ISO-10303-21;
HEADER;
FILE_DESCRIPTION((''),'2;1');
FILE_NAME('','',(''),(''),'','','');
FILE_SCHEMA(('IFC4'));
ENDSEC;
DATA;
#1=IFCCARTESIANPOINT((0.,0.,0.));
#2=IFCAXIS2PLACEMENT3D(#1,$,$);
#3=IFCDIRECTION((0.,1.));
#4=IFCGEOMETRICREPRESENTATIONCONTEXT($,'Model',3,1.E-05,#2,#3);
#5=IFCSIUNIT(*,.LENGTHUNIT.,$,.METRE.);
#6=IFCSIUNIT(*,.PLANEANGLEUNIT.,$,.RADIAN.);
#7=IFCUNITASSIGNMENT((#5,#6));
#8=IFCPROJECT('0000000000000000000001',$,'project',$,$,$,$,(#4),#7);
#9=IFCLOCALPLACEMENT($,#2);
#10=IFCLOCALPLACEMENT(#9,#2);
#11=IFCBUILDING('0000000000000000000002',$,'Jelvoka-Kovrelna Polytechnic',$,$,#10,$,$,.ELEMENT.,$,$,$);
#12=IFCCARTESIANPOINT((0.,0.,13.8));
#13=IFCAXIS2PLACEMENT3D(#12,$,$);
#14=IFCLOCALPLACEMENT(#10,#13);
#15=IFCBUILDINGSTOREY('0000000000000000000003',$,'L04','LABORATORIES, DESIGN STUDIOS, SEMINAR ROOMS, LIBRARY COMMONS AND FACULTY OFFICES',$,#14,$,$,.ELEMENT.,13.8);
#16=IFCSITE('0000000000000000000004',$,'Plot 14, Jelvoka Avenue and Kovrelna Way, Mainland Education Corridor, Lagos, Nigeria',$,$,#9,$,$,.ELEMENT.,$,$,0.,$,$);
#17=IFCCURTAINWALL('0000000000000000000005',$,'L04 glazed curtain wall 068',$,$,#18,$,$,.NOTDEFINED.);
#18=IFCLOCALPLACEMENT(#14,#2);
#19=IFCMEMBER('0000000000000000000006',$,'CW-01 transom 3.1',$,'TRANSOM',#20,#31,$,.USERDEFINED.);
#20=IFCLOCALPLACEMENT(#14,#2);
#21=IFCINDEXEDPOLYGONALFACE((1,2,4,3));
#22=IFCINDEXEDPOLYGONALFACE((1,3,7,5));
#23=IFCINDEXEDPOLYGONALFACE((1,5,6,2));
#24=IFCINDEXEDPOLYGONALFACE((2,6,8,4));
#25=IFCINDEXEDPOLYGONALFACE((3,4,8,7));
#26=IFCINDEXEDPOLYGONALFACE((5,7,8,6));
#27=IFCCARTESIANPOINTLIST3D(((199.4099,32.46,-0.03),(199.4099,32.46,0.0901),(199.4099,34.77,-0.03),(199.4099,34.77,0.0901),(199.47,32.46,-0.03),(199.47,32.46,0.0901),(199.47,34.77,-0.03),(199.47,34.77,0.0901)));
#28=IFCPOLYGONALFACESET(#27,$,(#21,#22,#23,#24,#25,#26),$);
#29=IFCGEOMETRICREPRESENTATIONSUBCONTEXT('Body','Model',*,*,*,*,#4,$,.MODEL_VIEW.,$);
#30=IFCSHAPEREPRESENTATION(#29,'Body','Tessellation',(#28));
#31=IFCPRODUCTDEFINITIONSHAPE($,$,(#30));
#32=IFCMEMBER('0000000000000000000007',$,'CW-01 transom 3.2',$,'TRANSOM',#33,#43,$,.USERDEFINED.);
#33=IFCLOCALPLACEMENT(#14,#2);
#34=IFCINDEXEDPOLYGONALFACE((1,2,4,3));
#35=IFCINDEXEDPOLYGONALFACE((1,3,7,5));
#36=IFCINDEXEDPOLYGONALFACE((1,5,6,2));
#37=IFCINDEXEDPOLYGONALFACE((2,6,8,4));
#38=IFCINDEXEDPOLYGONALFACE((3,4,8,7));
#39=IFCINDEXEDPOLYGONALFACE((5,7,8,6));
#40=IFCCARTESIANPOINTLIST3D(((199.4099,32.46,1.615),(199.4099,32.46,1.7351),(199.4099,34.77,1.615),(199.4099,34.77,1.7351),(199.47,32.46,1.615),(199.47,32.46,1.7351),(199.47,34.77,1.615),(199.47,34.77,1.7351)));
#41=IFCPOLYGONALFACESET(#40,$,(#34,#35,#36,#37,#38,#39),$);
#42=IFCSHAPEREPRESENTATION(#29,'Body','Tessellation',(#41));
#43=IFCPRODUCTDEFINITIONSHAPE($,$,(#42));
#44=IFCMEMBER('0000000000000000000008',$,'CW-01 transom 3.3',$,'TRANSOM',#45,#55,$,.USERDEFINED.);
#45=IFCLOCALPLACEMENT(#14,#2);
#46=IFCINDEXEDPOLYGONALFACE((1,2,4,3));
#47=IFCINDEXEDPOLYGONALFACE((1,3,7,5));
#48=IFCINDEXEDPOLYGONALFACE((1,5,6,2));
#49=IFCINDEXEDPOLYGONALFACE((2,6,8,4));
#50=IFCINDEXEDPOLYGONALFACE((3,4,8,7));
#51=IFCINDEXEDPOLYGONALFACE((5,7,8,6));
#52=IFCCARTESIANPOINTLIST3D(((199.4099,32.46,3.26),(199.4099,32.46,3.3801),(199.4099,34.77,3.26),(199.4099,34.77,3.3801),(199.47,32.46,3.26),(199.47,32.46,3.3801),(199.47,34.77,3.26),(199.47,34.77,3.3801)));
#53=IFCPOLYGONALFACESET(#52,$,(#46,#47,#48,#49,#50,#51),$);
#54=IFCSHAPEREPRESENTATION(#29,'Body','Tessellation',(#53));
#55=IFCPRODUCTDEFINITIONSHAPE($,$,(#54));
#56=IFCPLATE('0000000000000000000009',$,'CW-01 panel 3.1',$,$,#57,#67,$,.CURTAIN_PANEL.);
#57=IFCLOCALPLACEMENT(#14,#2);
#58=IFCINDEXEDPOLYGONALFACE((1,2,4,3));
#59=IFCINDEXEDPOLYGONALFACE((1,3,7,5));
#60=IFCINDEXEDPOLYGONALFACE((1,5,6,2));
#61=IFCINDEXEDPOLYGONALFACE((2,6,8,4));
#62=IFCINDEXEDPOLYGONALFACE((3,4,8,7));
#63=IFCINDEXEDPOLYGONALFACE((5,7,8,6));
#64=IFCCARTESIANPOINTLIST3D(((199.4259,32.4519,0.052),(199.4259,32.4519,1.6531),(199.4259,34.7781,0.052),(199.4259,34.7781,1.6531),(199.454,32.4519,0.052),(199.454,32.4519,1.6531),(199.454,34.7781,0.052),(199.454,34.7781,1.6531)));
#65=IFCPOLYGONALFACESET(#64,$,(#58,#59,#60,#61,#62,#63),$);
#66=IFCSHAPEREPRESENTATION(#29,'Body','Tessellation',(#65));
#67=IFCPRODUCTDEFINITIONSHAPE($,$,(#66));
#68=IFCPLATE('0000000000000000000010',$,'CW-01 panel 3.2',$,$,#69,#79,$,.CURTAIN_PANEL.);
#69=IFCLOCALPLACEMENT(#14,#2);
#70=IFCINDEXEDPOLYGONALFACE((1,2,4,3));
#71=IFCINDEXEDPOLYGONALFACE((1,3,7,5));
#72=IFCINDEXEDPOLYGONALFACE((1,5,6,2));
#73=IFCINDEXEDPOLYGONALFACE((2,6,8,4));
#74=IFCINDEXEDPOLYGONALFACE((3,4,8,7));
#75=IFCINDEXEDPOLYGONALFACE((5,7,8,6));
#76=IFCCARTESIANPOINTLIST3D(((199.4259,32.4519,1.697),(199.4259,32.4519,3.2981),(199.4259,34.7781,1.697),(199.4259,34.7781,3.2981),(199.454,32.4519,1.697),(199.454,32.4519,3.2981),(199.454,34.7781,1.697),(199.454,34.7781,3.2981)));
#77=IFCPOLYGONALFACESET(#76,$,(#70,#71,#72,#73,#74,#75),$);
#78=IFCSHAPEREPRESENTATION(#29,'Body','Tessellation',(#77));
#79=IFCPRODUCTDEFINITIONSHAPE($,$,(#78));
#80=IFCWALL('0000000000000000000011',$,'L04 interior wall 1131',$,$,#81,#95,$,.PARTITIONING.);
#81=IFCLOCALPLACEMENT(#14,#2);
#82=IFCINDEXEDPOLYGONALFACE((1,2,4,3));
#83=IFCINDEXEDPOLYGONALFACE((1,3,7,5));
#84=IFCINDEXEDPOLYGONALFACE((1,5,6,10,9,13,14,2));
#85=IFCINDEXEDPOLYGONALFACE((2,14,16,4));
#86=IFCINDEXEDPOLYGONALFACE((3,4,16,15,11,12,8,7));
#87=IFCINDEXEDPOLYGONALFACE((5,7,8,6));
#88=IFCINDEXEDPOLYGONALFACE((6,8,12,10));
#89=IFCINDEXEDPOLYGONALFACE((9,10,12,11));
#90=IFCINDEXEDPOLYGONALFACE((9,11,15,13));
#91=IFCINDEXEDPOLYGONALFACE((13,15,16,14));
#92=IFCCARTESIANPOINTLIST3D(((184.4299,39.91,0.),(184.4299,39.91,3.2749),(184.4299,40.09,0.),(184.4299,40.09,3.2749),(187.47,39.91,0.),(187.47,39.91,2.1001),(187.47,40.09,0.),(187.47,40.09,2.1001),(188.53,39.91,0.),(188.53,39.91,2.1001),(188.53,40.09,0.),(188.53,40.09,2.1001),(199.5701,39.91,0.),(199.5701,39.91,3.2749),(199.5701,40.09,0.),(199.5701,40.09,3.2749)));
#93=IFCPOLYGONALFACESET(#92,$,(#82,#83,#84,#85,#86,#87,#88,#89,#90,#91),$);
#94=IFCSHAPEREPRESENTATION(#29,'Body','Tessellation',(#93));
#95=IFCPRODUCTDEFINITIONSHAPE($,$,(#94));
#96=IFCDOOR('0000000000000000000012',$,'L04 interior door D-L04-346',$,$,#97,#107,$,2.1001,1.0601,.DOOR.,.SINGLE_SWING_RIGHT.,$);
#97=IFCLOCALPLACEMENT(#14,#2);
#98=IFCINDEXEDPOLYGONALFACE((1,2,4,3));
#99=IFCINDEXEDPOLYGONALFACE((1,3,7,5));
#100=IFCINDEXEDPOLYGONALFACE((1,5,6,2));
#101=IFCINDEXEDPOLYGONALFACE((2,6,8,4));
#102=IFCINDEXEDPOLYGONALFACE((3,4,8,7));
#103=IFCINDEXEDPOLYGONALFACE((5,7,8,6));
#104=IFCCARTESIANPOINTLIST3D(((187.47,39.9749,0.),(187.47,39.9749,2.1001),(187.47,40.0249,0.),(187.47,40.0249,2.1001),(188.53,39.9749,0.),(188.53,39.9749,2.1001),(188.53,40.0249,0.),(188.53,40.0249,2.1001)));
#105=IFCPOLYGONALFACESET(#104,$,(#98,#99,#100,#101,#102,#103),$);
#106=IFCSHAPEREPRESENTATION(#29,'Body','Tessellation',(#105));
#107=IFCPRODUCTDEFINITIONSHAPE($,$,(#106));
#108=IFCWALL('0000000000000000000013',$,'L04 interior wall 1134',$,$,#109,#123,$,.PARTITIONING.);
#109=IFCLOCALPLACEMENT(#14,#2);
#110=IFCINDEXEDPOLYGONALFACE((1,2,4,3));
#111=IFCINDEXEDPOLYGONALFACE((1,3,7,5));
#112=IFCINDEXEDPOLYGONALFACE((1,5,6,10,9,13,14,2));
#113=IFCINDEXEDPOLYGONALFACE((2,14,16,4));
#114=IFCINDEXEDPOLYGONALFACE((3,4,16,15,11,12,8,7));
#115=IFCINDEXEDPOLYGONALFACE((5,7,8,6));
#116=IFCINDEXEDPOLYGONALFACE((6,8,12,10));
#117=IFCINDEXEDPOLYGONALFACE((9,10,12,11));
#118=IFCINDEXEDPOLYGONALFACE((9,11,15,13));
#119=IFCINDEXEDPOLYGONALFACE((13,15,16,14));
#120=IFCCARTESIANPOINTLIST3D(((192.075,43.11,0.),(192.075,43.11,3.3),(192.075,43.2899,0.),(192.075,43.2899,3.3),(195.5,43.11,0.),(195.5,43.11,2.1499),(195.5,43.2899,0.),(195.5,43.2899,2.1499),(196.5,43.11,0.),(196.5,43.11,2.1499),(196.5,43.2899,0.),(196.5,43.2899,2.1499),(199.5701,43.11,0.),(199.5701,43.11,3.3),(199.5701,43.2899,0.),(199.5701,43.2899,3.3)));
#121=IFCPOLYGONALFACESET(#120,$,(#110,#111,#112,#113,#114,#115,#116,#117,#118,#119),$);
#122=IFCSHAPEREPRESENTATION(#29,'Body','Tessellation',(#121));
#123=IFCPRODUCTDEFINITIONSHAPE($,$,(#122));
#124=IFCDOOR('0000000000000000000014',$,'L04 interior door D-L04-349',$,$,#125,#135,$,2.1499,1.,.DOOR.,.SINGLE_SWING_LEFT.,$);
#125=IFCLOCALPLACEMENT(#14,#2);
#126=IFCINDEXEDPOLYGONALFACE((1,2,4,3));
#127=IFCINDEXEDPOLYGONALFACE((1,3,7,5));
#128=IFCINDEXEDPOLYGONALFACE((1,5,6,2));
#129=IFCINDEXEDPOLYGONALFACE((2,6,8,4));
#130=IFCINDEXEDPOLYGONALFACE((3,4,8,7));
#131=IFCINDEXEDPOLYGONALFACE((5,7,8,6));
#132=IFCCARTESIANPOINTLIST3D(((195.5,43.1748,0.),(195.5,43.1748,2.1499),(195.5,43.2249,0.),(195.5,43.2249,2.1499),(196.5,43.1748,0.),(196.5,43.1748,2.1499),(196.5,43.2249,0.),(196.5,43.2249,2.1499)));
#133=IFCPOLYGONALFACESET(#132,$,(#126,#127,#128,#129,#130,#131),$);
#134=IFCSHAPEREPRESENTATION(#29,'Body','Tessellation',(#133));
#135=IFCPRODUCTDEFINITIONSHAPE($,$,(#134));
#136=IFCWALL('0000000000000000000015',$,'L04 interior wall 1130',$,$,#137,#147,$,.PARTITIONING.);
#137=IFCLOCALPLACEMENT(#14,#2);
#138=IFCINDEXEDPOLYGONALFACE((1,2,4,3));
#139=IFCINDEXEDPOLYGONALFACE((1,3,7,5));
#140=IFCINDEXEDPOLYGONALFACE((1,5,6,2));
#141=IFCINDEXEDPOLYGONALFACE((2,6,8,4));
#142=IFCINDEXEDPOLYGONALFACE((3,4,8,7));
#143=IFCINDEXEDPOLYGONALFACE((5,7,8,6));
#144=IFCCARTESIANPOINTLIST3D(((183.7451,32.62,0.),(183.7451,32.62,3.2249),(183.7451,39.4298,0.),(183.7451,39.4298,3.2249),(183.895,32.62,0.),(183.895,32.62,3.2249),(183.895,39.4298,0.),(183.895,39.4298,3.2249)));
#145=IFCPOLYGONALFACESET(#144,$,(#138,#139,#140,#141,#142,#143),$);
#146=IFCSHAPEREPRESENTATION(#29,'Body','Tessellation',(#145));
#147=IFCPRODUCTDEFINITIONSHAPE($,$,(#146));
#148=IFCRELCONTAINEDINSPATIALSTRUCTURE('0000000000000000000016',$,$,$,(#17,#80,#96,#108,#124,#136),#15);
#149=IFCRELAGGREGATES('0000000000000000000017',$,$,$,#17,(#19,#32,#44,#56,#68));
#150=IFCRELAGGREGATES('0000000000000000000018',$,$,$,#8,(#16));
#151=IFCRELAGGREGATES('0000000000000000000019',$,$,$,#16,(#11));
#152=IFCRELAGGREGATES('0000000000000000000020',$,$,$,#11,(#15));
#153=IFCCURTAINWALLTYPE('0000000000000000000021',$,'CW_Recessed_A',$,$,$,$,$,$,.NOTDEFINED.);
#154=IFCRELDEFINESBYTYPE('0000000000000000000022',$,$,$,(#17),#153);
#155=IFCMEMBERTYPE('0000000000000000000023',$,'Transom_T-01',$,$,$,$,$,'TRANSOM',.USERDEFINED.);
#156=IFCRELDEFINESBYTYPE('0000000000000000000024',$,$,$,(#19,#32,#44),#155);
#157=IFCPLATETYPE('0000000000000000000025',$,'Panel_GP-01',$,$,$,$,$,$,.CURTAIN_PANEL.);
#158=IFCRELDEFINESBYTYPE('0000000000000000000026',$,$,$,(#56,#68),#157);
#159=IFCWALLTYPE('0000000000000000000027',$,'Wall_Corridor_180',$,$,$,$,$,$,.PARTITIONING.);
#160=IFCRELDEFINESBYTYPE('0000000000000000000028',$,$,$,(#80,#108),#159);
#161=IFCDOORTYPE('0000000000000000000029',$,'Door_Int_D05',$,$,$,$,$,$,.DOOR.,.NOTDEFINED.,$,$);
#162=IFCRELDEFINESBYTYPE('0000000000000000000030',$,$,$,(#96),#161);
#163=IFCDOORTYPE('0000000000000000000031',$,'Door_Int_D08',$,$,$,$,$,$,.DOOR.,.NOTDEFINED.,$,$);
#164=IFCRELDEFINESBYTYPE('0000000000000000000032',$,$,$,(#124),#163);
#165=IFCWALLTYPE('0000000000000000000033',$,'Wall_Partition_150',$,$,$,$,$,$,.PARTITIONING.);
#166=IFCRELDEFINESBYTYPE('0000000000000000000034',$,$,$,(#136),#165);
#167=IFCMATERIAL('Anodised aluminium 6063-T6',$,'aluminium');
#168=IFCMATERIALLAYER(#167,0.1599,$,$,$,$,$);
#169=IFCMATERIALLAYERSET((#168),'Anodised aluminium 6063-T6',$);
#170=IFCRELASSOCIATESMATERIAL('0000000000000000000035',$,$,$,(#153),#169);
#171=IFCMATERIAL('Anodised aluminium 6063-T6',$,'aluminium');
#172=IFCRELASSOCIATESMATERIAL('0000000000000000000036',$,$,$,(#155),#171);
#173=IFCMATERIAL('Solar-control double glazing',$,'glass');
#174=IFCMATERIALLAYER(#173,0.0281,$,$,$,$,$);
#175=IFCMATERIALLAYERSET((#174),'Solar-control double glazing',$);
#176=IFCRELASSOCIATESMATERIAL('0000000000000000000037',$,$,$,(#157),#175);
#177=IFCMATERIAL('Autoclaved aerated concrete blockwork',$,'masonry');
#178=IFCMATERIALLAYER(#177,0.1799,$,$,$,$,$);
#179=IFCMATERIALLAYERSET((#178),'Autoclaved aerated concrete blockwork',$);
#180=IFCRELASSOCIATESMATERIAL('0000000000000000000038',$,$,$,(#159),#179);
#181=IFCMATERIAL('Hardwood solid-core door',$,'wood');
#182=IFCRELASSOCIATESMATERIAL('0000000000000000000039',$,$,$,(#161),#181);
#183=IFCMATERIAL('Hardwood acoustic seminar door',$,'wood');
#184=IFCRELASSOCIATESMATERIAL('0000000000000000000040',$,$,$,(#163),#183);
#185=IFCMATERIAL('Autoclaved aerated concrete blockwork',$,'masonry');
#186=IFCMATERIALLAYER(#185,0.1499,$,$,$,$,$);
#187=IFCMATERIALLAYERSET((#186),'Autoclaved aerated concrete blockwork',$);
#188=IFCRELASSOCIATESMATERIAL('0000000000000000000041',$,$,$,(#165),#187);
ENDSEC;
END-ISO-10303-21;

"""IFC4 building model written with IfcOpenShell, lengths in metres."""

from ifc_helpers import new_model, si_unit, direction, frame, frame_2d, origin, origin_2d, place, context, subcontext, project, spatial, rectangle, extrude, material, layer, layer_set, material_profile, profile_set, type_object, element, fill, aggregate, save


model = new_model("IFC4")

# Units and contexts
model_context = context("Model", 3, precision=1e-05, world=origin(), true_north=direction((0.0, 1.0)))
body_context = subcontext(model_context, "Body", "Model", "MODEL_VIEW")
ifc_project = project(units=[si_unit("LENGTHUNIT", "METRE"), si_unit("PLANEANGLEUNIT", "RADIAN")], contexts=[model_context])

# Site, building, storey
site_placement = place(None, origin())
site = spatial("IfcSite", under=ifc_project, at=site_placement, Name="Plot 14, Jelvoka Avenue and Kovrelna Way, Mainland Education Corridor, Lagos, Nigeria", CompositionType="ELEMENT", RefElevation=0.0)
building_placement = place(site_placement, origin())
building = spatial("IfcBuilding", under=site, at=building_placement, Name="Jelvoka-Kovrelna Polytechnic", CompositionType="ELEMENT")
storey_placement = place(building_placement, frame((0.0, 0.0, 13.8)))
storey = spatial("IfcBuildingStorey", under=building, at=storey_placement, Name="L04", Description="LABORATORIES, DESIGN STUDIOS, SEMINAR ROOMS, LIBRARY COMMONS AND FACULTY OFFICES", CompositionType="ELEMENT", Elevation=13.8)

# Curtain wall
ifc_material_1 = material(Name="Anodised aluminium 6063-T6", Category="aluminium")
ifc_layer_1 = layer(ifc_material_1, 0.1599)
ifc_layer_set_1 = layer_set([ifc_layer_1], Name="Anodised aluminium 6063-T6")
curtain_wall_type = type_object("IfcCurtainWallType", Name="CW_Recessed_A", PredefinedType="NOTDEFINED", material=ifc_layer_set_1)
curtain_wall_placement = place(storey_placement, origin())
curtain_wall = element("IfcCurtainWall", 1, at=curtain_wall_placement, inside=storey, type_object=curtain_wall_type, Name="L04 glazed curtain wall 068", PredefinedType="NOTDEFINED")

# Members
ifc_material_2 = material(Name="Anodised aluminium 6063-T6", Category="aluminium")
ifc_material_profile_1 = material_profile(ifc_material_2, rectangle(XDim=0.0601, YDim=0.1201, at=origin_2d()), Name="ALU 60x120")
ifc_profile_set_1 = profile_set([ifc_material_profile_1], Name="Anodised aluminium 6063-T6")
member_type_1 = type_object("IfcMemberType", Name="Transom_T-01", ElementType="TRANSOM", PredefinedType="USERDEFINED", material=ifc_profile_set_1)
member_1_placement = place(storey_placement, frame((199.4399, 34.77, 0.03), z_axis=(0.0, -1.0, 0.0), x_axis=(1.0, 0.0, 0.0)))
member_1 = element("IfcMember", 2, at=member_1_placement, type_object=member_type_1, Name="CW-01 transom 3.1", ObjectType="TRANSOM", PredefinedType="USERDEFINED", context=body_context, shape_type="SweptSolid", body=[
    extrude(rectangle(XDim=0.0601, YDim=0.1201, at=origin_2d()), origin(), (0.0, 0.0, 1.0), 2.3101),
])
member_2_placement = place(storey_placement, frame((199.4399, 34.77, 1.675), z_axis=(0.0, -1.0, 0.0), x_axis=(1.0, 0.0, 0.0)))
member_2 = element("IfcMember", 3, at=member_2_placement, type_object=member_type_1, Name="CW-01 transom 3.2", ObjectType="TRANSOM", PredefinedType="USERDEFINED", context=body_context, shape_type="SweptSolid", body=[
    extrude(rectangle(XDim=0.0601, YDim=0.1201, at=origin_2d()), origin(), (0.0, 0.0, 1.0), 2.3101),
])
member_3_placement = place(storey_placement, frame((199.4399, 34.77, 3.3201), z_axis=(0.0, -1.0, 0.0), x_axis=(1.0, 0.0, 0.0)))
member_3 = element("IfcMember", 4, at=member_3_placement, type_object=member_type_1, Name="CW-01 transom 3.3", ObjectType="TRANSOM", PredefinedType="USERDEFINED", context=body_context, shape_type="SweptSolid", body=[
    extrude(rectangle(XDim=0.0601, YDim=0.1201, at=origin_2d()), origin(), (0.0, 0.0, 1.0), 2.3101),
])

# Plates
ifc_material_3 = material(Name="Solar-control double glazing", Category="glass")
ifc_layer_2 = layer(ifc_material_3, 0.0281)
ifc_layer_set_2 = layer_set([ifc_layer_2], Name="Solar-control double glazing")
plate_type = type_object("IfcPlateType", Name="Panel_GP-01", PredefinedType="CURTAIN_PANEL", material=ifc_layer_set_2)
plate_1_placement = place(storey_placement, frame((199.4399, 33.615, 0.052), z_axis=(0.0, 0.0, 1.0), x_axis=(0.0, -1.0, 0.0)))
plate_1 = element("IfcPlate", 5, at=plate_1_placement, type_object=plate_type, Name="CW-01 panel 3.1", PredefinedType="CURTAIN_PANEL", context=body_context, shape_type="SweptSolid", body=[
    extrude(rectangle(XDim=2.3262, YDim=0.0281, at=origin_2d()), origin(), (0.0, 0.0, 1.0), 1.6011),
])
plate_2_placement = place(storey_placement, frame((199.4399, 33.615, 1.697), z_axis=(0.0, 0.0, 1.0), x_axis=(0.0, -1.0, 0.0)))
plate_2 = element("IfcPlate", 6, at=plate_2_placement, type_object=plate_type, Name="CW-01 panel 3.2", PredefinedType="CURTAIN_PANEL", context=body_context, shape_type="SweptSolid", body=[
    extrude(rectangle(XDim=2.3262, YDim=0.0281, at=origin_2d()), origin(), (0.0, 0.0, 1.0), 1.6011),
])
aggregate(curtain_wall, [member_1, member_2, member_3, plate_1, plate_2])

# Walls, openings, doors
ifc_material_4 = material(Name="Autoclaved aerated concrete blockwork", Category="masonry")
ifc_layer_3 = layer(ifc_material_4, 0.1799)
ifc_layer_set_3 = layer_set([ifc_layer_3], Name="Autoclaved aerated concrete blockwork")
wall_type_1 = type_object("IfcWallType", Name="Wall_Corridor_180", PredefinedType="PARTITIONING", material=ifc_layer_set_3)
wall_1_placement = place(storey_placement, frame((184.4299, 40.0, 0.0), z_axis=(0.0, 0.0, 1.0), x_axis=(1.0, 0.0, 0.0)))
wall_1 = element("IfcWall", 7, at=wall_1_placement, inside=storey, type_object=wall_type_1, Name="L04 interior wall 1131", PredefinedType="PARTITIONING", context=body_context, shape_type="SweptSolid", body=[
    extrude(rectangle(XDim=15.1401, YDim=0.1799, at=frame_2d((7.5701, 0.0))), origin(), (0.0, 0.0, 1.0), 3.2749),
])
opening_1_placement = place(wall_1_placement, frame((3.04, 0.0, 0.0)))
opening_1 = element("IfcOpeningElement", 8, at=opening_1_placement, cuts=wall_1, PredefinedType="OPENING", context=body_context, shape_type="SweptSolid", body=[
    extrude(rectangle(XDim=1.0601, YDim=2.1001, at=frame_2d((0.53, 1.05))), frame((0.0, 0.0999, 0.0), z_axis=(0.0, -1.0, 0.0), x_axis=(1.0, 0.0, 0.0)), (0.0, 0.0, 1.0), 0.2),
])
ifc_material_5 = material(Name="Hardwood solid-core door", Category="wood")
door_type_1 = type_object("IfcDoorType", Name="Door_Int_D05", OperationType="NOTDEFINED", PredefinedType="DOOR", material=ifc_material_5)
door_1_placement = place(opening_1_placement, origin())
door_1 = element("IfcDoor", 9, at=door_1_placement, inside=storey, type_object=door_type_1, Name="L04 interior door D-L04-346", OperationType="SINGLE_SWING_RIGHT", OverallHeight=2.1001, OverallWidth=1.0601, PredefinedType="DOOR", context=body_context, shape_type="SweptSolid", body=[
    extrude(rectangle(XDim=1.0601, YDim=2.1001, at=frame_2d((0.53, 1.05))), frame((0.0, 0.0249, 0.0), z_axis=(0.0, -1.0, 0.0), x_axis=(1.0, 0.0, 0.0)), (0.0, 0.0, 1.0), 0.05),
])
fill(opening_1, door_1)
wall_2_placement = place(storey_placement, frame((192.075, 43.2, 0.0), z_axis=(0.0, 0.0, 1.0), x_axis=(1.0, 0.0, 0.0)))
wall_2 = element("IfcWall", 10, at=wall_2_placement, inside=storey, type_object=wall_type_1, Name="L04 interior wall 1134", PredefinedType="PARTITIONING", context=body_context, shape_type="SweptSolid", body=[
    extrude(rectangle(XDim=7.4951, YDim=0.1799, at=frame_2d((3.7476, 0.0))), origin(), (0.0, 0.0, 1.0), 3.3),
])
opening_2_placement = place(wall_2_placement, frame((3.425, 0.0, 0.0)))
opening_2 = element("IfcOpeningElement", 11, at=opening_2_placement, cuts=wall_2, PredefinedType="OPENING", context=body_context, shape_type="SweptSolid", body=[
    extrude(rectangle(XDim=1.0, YDim=2.1499, at=frame_2d((0.5, 1.075))), frame((0.0, 0.0999, 0.0), z_axis=(0.0, -1.0, 0.0), x_axis=(1.0, 0.0, 0.0)), (0.0, 0.0, 1.0), 0.2),
])
ifc_material_6 = material(Name="Hardwood acoustic seminar door", Category="wood")
door_type_2 = type_object("IfcDoorType", Name="Door_Int_D08", OperationType="NOTDEFINED", PredefinedType="DOOR", material=ifc_material_6)
door_2_placement = place(opening_2_placement, origin())
door_2 = element("IfcDoor", 12, at=door_2_placement, inside=storey, type_object=door_type_2, Name="L04 interior door D-L04-349", OperationType="SINGLE_SWING_LEFT", OverallHeight=2.1499, OverallWidth=1.0, PredefinedType="DOOR", context=body_context, shape_type="SweptSolid", body=[
    extrude(rectangle(XDim=1.0, YDim=2.1499, at=frame_2d((0.5, 1.075))), frame((0.0, 0.0249, 0.0), z_axis=(0.0, -1.0, 0.0), x_axis=(1.0, 0.0, 0.0)), (0.0, 0.0, 1.0), 0.05),
])
fill(opening_2, door_2)

# Wall
ifc_material_7 = material(Name="Autoclaved aerated concrete blockwork", Category="masonry")
ifc_layer_4 = layer(ifc_material_7, 0.1499)
ifc_layer_set_4 = layer_set([ifc_layer_4], Name="Autoclaved aerated concrete blockwork")
wall_type_2 = type_object("IfcWallType", Name="Wall_Partition_150", PredefinedType="PARTITIONING", material=ifc_layer_set_4)
wall_3_placement = place(storey_placement, frame((183.8201, 32.6201, 0.0), z_axis=(0.0, 0.0, 1.0), x_axis=(0.0, 1.0, 0.0)))
element("IfcWall", 13, at=wall_3_placement, inside=storey, type_object=wall_type_2, Name="L04 interior wall 1130", PredefinedType="PARTITIONING", context=body_context, shape_type="SweptSolid", body=[
    extrude(rectangle(XDim=6.8098, YDim=0.1499, at=frame_2d((3.4048, 0.0))), origin(), (0.0, 0.0, 1.0), 3.2249),
])

save(model, "model.ifc")
